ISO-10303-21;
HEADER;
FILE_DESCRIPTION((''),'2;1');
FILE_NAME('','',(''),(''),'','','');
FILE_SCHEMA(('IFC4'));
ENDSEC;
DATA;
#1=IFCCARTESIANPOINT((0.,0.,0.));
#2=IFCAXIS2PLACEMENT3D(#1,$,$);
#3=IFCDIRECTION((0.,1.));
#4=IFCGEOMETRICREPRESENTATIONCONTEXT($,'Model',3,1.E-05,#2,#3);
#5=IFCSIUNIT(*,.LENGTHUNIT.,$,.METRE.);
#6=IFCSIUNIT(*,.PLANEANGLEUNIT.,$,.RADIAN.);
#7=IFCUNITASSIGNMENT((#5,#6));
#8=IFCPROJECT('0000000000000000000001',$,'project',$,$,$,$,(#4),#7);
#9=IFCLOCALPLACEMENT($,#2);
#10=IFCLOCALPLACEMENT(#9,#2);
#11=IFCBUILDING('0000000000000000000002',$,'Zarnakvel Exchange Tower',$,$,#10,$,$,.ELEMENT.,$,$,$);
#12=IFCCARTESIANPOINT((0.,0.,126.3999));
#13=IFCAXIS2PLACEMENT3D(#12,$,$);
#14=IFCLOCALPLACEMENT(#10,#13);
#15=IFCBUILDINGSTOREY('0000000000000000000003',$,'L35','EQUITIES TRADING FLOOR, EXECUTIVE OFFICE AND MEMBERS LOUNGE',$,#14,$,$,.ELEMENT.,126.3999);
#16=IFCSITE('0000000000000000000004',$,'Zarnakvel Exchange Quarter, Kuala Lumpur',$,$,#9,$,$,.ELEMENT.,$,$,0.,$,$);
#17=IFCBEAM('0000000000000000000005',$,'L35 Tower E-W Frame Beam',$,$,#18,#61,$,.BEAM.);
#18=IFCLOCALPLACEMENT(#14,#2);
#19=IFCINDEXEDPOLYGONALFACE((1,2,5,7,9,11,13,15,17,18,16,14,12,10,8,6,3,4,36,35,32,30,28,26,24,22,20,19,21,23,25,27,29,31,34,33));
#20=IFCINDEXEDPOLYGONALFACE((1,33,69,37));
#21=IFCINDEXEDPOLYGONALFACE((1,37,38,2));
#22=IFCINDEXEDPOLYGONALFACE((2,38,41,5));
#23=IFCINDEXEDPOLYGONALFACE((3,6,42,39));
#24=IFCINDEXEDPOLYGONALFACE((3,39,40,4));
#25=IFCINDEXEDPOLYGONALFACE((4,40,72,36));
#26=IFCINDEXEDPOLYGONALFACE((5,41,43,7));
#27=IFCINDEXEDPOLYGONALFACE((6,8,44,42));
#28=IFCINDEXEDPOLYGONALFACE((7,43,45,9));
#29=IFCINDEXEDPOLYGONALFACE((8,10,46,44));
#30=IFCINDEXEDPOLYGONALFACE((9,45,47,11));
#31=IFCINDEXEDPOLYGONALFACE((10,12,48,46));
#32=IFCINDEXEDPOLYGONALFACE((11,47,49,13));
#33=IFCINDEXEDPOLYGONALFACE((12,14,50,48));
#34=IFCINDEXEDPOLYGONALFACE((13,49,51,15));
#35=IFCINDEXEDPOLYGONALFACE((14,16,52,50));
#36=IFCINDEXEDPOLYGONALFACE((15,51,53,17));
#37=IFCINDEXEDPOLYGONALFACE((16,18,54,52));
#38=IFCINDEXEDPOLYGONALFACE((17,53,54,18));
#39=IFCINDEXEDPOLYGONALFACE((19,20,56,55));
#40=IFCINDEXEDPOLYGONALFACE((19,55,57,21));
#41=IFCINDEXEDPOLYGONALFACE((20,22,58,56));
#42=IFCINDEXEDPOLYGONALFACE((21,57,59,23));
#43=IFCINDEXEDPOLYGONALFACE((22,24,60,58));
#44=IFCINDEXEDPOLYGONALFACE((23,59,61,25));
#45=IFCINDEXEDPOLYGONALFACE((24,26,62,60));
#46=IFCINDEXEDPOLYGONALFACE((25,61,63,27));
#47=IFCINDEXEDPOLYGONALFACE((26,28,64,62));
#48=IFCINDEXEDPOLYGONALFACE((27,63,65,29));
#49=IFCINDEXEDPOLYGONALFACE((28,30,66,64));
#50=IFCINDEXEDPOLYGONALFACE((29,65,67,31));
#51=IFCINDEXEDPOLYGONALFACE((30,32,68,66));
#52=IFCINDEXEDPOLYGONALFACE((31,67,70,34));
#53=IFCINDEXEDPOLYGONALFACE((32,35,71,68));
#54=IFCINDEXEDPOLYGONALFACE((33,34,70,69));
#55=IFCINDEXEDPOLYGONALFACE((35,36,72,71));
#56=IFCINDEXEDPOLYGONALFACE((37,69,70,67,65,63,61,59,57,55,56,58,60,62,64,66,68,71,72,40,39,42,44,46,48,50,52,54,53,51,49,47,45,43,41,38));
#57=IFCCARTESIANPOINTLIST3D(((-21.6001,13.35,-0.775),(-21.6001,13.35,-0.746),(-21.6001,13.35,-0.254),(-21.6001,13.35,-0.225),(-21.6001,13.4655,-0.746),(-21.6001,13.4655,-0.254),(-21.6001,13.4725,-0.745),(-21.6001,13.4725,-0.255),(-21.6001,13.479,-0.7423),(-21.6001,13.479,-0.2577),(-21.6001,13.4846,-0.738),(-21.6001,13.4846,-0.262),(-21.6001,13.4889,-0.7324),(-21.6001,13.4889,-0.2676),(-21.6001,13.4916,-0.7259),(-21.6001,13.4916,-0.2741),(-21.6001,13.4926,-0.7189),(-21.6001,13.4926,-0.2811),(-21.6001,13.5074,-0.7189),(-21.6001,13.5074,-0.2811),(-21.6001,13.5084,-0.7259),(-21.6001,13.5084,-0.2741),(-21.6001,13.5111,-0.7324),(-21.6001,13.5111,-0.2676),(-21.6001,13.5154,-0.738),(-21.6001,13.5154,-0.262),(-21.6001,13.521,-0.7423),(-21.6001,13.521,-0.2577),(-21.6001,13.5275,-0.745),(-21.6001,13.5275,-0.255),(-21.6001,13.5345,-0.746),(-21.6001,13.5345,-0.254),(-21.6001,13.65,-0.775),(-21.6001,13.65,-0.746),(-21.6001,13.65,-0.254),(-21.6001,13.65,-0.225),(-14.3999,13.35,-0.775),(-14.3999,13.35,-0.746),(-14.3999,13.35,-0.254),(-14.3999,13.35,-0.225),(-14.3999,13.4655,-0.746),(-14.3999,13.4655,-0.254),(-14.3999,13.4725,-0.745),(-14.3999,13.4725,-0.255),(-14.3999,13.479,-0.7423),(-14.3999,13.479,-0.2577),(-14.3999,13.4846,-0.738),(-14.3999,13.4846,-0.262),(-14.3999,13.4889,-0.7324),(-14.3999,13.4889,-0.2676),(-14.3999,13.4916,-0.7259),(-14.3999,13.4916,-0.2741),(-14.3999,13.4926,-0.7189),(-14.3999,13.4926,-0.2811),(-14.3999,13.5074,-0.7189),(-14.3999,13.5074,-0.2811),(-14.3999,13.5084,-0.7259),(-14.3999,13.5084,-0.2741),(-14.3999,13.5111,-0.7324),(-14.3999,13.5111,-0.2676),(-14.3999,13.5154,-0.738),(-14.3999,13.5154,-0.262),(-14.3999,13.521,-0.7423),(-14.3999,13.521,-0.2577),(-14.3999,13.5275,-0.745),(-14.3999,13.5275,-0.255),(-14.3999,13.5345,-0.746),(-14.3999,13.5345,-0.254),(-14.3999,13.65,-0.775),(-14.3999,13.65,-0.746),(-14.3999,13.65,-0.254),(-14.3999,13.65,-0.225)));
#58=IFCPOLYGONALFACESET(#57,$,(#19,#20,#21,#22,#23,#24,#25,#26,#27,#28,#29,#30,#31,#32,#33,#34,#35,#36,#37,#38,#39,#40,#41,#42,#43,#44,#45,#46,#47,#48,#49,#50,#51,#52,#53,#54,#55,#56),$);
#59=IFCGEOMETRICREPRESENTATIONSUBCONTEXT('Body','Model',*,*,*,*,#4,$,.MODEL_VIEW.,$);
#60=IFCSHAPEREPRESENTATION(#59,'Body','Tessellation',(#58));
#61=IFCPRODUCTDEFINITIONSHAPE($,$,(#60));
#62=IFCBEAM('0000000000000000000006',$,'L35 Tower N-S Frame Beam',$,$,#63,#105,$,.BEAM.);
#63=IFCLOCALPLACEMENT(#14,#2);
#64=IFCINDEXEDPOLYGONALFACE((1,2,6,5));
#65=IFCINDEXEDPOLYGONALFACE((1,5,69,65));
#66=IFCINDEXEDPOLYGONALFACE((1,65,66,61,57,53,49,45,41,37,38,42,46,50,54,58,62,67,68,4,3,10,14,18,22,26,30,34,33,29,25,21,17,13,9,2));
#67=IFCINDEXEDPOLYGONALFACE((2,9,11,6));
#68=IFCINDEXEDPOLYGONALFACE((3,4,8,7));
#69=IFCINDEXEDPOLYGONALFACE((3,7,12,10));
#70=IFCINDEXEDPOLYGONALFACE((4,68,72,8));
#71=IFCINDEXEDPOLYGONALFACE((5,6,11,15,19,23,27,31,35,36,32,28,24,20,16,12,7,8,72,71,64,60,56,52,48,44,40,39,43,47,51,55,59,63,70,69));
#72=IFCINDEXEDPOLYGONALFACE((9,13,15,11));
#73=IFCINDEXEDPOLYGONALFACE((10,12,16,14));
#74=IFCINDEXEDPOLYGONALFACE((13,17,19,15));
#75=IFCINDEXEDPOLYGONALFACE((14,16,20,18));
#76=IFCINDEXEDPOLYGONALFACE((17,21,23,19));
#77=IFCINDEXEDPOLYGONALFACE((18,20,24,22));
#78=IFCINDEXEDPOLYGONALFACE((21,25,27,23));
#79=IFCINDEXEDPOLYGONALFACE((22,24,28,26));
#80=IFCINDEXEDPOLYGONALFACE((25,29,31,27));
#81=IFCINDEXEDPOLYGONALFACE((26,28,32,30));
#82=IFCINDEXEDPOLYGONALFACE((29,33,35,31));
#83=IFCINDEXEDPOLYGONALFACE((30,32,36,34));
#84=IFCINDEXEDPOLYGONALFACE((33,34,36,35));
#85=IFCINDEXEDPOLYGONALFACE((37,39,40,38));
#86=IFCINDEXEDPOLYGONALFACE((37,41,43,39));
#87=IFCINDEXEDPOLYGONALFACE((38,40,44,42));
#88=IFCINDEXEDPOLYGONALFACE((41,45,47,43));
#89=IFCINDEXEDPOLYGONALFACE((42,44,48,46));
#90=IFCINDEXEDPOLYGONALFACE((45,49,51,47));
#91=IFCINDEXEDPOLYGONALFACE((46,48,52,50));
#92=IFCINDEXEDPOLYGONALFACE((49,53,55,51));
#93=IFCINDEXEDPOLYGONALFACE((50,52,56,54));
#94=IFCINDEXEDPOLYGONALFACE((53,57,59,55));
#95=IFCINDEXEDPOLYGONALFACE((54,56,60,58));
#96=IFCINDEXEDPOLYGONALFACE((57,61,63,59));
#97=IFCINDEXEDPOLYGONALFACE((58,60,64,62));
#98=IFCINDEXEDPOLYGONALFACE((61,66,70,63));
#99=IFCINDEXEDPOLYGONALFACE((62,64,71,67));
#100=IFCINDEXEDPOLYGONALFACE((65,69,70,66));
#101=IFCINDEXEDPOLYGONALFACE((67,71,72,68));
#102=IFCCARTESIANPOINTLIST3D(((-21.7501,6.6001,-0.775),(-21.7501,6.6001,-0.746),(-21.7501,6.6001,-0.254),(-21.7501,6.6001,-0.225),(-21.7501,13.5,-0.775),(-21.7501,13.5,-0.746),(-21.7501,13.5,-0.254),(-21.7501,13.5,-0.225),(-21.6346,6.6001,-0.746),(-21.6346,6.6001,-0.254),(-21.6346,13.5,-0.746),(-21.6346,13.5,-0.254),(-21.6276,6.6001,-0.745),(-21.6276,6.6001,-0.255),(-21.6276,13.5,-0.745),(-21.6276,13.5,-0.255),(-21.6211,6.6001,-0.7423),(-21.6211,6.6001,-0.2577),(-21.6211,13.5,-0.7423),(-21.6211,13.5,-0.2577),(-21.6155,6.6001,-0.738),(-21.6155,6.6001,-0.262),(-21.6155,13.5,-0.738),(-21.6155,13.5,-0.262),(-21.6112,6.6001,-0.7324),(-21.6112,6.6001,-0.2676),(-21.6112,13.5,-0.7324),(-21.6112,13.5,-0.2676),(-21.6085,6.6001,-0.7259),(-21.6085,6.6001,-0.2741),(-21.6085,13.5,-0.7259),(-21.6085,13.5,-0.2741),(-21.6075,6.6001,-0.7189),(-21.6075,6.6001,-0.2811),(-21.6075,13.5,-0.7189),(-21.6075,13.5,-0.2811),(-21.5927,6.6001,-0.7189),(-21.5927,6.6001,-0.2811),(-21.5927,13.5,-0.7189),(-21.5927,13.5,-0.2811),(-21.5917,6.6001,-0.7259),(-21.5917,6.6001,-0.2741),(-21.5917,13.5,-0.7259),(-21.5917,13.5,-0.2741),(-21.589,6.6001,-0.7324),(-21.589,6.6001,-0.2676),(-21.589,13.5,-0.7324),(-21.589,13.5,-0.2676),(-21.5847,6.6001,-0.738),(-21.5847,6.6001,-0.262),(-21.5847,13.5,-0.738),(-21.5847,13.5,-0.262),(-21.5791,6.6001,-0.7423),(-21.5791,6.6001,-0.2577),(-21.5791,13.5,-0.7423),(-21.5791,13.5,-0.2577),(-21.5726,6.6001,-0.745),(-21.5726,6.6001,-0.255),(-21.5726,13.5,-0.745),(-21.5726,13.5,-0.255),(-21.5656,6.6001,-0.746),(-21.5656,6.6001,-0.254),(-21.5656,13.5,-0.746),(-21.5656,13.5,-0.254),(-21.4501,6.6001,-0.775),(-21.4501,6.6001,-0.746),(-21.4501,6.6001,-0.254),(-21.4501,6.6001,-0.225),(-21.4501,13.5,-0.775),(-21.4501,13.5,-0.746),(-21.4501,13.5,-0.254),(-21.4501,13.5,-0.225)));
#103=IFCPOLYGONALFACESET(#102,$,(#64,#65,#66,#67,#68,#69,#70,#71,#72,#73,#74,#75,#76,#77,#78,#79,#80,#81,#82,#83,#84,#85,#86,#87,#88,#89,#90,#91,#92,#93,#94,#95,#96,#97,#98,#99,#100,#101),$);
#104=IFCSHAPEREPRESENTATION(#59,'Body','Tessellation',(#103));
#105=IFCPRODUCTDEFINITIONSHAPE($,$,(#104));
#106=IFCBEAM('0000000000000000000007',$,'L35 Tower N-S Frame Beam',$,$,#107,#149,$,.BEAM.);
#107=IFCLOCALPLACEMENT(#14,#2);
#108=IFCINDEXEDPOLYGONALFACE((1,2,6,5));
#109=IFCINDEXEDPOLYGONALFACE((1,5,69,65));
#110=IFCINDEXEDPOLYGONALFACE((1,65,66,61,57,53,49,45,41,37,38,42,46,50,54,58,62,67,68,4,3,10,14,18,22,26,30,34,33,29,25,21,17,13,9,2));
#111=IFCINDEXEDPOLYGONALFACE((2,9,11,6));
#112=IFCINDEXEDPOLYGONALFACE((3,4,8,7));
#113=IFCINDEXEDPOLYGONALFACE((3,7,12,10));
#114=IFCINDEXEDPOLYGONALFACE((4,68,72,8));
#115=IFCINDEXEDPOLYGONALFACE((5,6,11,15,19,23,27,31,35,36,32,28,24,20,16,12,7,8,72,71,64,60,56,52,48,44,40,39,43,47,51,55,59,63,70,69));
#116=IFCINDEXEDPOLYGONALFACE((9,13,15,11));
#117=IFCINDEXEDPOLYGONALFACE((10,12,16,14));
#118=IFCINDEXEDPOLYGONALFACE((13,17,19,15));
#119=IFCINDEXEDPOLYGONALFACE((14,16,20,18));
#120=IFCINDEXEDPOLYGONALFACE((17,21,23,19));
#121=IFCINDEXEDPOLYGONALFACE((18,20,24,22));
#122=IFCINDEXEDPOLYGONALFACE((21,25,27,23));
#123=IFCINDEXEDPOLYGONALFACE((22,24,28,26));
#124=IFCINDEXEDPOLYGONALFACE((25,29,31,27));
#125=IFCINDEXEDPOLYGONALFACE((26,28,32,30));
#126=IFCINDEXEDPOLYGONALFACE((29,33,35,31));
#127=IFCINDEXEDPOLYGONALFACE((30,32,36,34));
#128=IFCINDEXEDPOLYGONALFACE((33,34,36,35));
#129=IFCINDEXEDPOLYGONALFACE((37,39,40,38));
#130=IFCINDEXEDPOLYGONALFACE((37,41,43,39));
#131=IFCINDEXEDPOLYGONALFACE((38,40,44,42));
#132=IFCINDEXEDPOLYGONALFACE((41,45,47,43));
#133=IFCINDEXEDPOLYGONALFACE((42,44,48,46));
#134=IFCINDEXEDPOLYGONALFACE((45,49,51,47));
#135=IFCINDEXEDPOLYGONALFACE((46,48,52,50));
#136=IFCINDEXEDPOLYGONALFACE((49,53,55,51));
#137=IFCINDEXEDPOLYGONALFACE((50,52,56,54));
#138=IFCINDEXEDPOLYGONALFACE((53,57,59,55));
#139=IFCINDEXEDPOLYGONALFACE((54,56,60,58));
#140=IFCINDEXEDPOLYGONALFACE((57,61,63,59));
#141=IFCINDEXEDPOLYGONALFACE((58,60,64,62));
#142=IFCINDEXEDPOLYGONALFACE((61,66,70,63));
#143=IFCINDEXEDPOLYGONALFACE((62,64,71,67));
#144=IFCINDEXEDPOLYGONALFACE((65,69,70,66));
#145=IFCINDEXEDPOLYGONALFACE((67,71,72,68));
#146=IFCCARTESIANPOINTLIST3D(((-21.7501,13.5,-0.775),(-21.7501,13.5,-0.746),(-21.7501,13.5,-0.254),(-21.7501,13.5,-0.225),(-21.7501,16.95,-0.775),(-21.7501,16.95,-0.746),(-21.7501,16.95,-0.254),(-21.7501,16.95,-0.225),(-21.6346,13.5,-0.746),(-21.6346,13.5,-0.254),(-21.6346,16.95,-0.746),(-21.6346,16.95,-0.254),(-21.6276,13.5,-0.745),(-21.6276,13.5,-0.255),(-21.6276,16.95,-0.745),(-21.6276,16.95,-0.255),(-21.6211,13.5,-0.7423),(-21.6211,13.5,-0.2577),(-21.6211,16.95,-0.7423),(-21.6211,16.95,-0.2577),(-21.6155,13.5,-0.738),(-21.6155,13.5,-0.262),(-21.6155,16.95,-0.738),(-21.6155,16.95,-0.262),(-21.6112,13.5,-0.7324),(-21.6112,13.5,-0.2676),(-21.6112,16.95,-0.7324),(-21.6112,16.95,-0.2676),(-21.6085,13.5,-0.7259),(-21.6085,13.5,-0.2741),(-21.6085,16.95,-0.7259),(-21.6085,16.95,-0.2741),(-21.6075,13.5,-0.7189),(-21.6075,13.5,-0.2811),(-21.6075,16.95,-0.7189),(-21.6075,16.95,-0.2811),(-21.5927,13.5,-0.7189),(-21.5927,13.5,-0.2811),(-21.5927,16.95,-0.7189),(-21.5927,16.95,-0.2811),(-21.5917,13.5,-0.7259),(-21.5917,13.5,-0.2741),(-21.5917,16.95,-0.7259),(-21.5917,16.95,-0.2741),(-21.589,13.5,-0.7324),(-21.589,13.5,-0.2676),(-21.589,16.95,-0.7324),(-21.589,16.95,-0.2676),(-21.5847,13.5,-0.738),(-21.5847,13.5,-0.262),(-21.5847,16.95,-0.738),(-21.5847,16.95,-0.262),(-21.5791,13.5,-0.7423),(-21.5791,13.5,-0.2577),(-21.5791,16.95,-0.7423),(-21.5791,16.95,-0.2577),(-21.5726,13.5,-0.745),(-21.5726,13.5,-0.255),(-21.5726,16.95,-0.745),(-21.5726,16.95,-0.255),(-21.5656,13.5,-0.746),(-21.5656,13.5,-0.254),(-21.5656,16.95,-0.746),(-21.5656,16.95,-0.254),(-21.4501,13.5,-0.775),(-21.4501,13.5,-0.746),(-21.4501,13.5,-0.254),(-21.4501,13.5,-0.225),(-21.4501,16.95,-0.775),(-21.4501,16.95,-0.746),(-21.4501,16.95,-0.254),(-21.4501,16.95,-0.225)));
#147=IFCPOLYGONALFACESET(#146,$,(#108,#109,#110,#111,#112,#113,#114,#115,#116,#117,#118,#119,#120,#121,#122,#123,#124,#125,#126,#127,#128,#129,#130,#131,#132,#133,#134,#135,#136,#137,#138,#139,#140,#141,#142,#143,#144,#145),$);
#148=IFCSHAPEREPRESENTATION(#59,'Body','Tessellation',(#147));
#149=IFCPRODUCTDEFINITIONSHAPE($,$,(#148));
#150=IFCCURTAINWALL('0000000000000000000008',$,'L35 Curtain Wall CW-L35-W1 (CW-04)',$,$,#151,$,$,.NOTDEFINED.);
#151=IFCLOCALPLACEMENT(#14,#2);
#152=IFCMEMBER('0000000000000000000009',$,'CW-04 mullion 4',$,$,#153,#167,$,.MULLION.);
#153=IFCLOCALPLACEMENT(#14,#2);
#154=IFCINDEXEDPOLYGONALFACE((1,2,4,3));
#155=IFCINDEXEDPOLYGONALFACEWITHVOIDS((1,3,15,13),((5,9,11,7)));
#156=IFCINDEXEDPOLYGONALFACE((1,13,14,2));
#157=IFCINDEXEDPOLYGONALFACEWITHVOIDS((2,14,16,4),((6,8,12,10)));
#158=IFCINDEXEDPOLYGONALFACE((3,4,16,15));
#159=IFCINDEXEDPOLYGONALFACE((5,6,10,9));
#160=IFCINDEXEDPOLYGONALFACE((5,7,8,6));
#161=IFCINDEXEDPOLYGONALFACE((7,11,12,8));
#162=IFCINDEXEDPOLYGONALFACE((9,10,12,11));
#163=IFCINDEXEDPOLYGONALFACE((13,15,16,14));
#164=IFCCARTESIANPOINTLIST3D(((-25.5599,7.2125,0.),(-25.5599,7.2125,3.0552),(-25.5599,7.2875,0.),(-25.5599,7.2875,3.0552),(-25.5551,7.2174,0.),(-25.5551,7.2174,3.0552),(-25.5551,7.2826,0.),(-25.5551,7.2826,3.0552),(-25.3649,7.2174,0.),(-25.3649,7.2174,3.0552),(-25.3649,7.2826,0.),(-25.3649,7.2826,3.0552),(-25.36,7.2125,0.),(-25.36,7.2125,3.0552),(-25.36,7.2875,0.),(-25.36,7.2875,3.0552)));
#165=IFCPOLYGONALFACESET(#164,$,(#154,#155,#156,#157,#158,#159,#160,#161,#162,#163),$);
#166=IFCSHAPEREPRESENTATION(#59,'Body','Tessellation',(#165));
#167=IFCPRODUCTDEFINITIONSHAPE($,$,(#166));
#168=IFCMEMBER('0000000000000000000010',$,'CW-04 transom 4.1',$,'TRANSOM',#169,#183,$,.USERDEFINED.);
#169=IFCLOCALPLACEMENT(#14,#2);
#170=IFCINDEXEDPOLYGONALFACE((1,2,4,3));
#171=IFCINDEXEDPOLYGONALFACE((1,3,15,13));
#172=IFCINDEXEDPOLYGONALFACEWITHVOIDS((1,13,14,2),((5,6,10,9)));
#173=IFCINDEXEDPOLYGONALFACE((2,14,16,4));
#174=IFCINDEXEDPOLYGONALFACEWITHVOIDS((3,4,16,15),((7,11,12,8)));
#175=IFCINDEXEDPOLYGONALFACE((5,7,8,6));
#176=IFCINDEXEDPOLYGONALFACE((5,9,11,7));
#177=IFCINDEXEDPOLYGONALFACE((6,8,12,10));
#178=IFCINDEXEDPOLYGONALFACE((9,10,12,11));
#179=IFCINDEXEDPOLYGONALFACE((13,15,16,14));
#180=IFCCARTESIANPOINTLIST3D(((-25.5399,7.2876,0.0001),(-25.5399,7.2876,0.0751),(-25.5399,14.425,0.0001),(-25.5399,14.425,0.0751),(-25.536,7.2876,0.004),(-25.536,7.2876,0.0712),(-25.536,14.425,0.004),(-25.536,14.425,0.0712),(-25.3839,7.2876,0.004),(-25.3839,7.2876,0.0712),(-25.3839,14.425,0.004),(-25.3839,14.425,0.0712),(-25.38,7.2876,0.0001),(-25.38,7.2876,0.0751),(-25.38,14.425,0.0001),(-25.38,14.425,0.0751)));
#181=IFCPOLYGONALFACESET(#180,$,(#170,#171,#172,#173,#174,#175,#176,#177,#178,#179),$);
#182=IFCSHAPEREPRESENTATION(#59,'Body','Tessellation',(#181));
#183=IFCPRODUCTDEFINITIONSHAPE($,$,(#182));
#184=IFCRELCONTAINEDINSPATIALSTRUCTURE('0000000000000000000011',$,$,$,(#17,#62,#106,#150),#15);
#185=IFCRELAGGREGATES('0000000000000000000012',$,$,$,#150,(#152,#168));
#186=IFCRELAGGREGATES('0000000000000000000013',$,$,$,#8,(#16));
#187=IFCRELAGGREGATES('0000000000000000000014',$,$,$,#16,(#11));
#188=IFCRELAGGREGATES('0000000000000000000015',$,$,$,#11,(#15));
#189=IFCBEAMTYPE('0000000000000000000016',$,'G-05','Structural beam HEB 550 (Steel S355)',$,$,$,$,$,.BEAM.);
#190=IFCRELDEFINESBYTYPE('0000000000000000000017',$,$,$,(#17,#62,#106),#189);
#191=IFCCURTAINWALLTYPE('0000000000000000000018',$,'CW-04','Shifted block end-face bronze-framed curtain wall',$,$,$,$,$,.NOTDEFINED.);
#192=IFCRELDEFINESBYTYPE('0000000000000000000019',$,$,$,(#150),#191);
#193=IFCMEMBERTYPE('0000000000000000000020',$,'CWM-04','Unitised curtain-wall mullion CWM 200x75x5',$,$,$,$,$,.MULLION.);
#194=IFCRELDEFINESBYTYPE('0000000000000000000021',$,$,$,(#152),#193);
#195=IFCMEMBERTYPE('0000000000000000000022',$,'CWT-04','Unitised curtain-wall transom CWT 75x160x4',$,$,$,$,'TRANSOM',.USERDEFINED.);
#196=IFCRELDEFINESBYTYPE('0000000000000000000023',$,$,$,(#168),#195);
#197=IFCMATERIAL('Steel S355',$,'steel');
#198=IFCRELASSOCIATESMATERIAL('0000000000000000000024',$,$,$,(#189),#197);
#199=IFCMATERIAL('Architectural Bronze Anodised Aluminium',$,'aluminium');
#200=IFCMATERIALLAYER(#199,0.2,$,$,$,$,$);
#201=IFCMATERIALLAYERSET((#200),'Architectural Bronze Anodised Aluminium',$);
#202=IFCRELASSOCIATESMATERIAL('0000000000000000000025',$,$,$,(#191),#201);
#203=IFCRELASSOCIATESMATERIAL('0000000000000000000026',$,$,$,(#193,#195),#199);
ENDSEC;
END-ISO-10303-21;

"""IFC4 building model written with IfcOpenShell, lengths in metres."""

from ifc_helpers import new_model, si_unit, direction, frame, origin, origin_2d, place, context, subcontext, project, spatial, hollow_rectangle, i_section, extrude, source, transform, mapped, material, layer, layer_set, material_profile, profile_set, type_object, element, aggregate, save


model = new_model("IFC4")

# Units and contexts
model_context = context("Model", 3, precision=1e-05, world=origin(), true_north=direction((0.0, 1.0)))
body_context = subcontext(model_context, "Body", "Model", "MODEL_VIEW")
ifc_project = project(units=[si_unit("LENGTHUNIT", "METRE"), si_unit("PLANEANGLEUNIT", "RADIAN")], contexts=[model_context])

# Site, building, storey
site_placement = place(None, origin())
site = spatial("IfcSite", under=ifc_project, at=site_placement, Name="Zarnakvel Exchange Quarter, Kuala Lumpur", CompositionType="ELEMENT", RefElevation=0.0)
building_placement = place(site_placement, origin())
building = spatial("IfcBuilding", under=site, at=building_placement, Name="Zarnakvel Exchange Tower", CompositionType="ELEMENT")
storey_placement = place(building_placement, frame((0.0, 0.0, 126.3999)))
storey = spatial("IfcBuildingStorey", under=building, at=storey_placement, Name="L35", Description="EQUITIES TRADING FLOOR, EXECUTIVE OFFICE AND MEMBERS LOUNGE", CompositionType="ELEMENT", Elevation=126.3999)

# Shared definitions
ifc_material_1 = material(Name="Steel S355", Category="steel")

# Beams
ifc_material_profile_1 = material_profile(ifc_material_1, i_section(OverallWidth=0.3, OverallDepth=0.55, WebThickness=0.0149, FlangeThickness=0.0291, FilletRadius=0.0271, at=origin_2d()))
ifc_profile_set_1 = profile_set([ifc_material_profile_1], Name="Steel S355")
beam_type = type_object("IfcBeamType", Name="G-05", Description="Structural beam HEB 550 (Steel S355)", PredefinedType="BEAM", material=ifc_profile_set_1)
beam_1_placement = place(storey_placement, frame((-21.6001, 13.5, -0.5), z_axis=(1.0, 0.0, 0.0), x_axis=(0.0, 1.0, 0.0)))
element("IfcBeam", 1, at=beam_1_placement, inside=storey, type_object=beam_type, Name="L35 Tower E-W Frame Beam", PredefinedType="BEAM", context=body_context, shape_type="SweptSolid", body=[
    extrude(i_section(OverallWidth=0.3, OverallDepth=0.55, WebThickness=0.0149, FlangeThickness=0.0291, FilletRadius=0.0271, at=origin_2d()), origin(), (0.0, 0.0, 1.0), 7.2002),
])
beam_2_placement = place(storey_placement, frame((-21.6001, 6.6001, -0.5), z_axis=(0.0, 1.0, 0.0), x_axis=(-1.0, 0.0, 0.0)))
element("IfcBeam", 2, at=beam_2_placement, inside=storey, type_object=beam_type, Name="L35 Tower N-S Frame Beam", PredefinedType="BEAM", context=body_context, shape_type="SweptSolid", body=[
    extrude(i_section(OverallWidth=0.3, OverallDepth=0.55, WebThickness=0.0149, FlangeThickness=0.0291, FilletRadius=0.0271, at=origin_2d()), origin(), (0.0, 0.0, 1.0), 6.8999),
])
beam_3_placement = place(storey_placement, frame((-21.6001, 13.5, -0.5), z_axis=(0.0, 1.0, 0.0), x_axis=(-1.0, 0.0, 0.0)))
element("IfcBeam", 3, at=beam_3_placement, inside=storey, type_object=beam_type, Name="L35 Tower N-S Frame Beam", PredefinedType="BEAM", context=body_context, shape_type="SweptSolid", body=[
    extrude(i_section(OverallWidth=0.3, OverallDepth=0.55, WebThickness=0.0149, FlangeThickness=0.0291, FilletRadius=0.0271, at=origin_2d()), origin(), (0.0, 0.0, 1.0), 3.45),
])

# Curtain wall, members
ifc_material_2 = material(Name="Architectural Bronze Anodised Aluminium", Category="aluminium")
ifc_layer_1 = layer(ifc_material_2, 0.2)
ifc_layer_set_1 = layer_set([ifc_layer_1], Name="Architectural Bronze Anodised Aluminium")
curtain_wall_type = type_object("IfcCurtainWallType", Name="CW-04", Description="Shifted block end-face bronze-framed curtain wall", PredefinedType="NOTDEFINED", material=ifc_layer_set_1)
curtain_wall_placement = place(storey_placement, origin())
curtain_wall = element("IfcCurtainWall", 4, at=curtain_wall_placement, inside=storey, type_object=curtain_wall_type, Name="L35 Curtain Wall CW-L35-W1 (CW-04)", PredefinedType="NOTDEFINED")
ifc_material_profile_2 = material_profile(ifc_material_2, hollow_rectangle(XDim=0.2, YDim=0.075, WallThickness=0.0049, at=origin_2d()))
ifc_profile_set_2 = profile_set([ifc_material_profile_2], Name="Architectural Bronze Anodised Aluminium")
member_type_1 = type_object("IfcMemberType", Name="CWM-04", Description="Unitised curtain-wall mullion CWM 200x75x5", PredefinedType="MULLION", material=ifc_profile_set_2)
shared_shape_1 = source(origin(), body_context, "Body", "SweptSolid", [
    extrude(hollow_rectangle(XDim=0.2, YDim=0.075, WallThickness=0.0049, at=origin_2d()), origin(), (0.0, 0.0, 1.0), 3.0552),
])
member_1_placement = place(storey_placement, frame((-25.46, 7.25, 0.0), z_axis=(0.0, 0.0, 1.0), x_axis=(-1.0, 0.0, 0.0)))
member_1 = element("IfcMember", 5, at=member_1_placement, type_object=member_type_1, Name="CW-04 mullion 4", PredefinedType="MULLION", context=body_context, shape_type="MappedRepresentation", body=[
    mapped(shared_shape_1, transform((0.0, 0.0, 0.0), x_axis=(1.0, 0.0, 0.0), y_axis=(0.0, 1.0, 0.0), z_axis=(0.0, 0.0, 1.0), scale=1.0)),
])
ifc_material_profile_3 = material_profile(ifc_material_2, hollow_rectangle(XDim=0.1599, YDim=0.075, WallThickness=0.0039, at=origin_2d()))
ifc_profile_set_3 = profile_set([ifc_material_profile_3], Name="Architectural Bronze Anodised Aluminium")
member_type_2 = type_object("IfcMemberType", Name="CWT-04", Description="Unitised curtain-wall transom CWT 75x160x4", ElementType="TRANSOM", PredefinedType="USERDEFINED", material=ifc_profile_set_3)
shared_shape_2 = source(origin(), body_context, "Body", "SweptSolid", [
    extrude(hollow_rectangle(XDim=0.1599, YDim=0.075, WallThickness=0.0039, at=origin_2d()), origin(), (0.0, 0.0, 1.0), 7.1375),
])
member_2_placement = place(storey_placement, frame((-25.46, 7.2876, 0.0376), z_axis=(0.0, 1.0, 0.0), x_axis=(-1.0, 0.0, 0.0)))
member_2 = element("IfcMember", 6, at=member_2_placement, type_object=member_type_2, Name="CW-04 transom 4.1", ObjectType="TRANSOM", PredefinedType="USERDEFINED", context=body_context, shape_type="MappedRepresentation", body=[
    mapped(shared_shape_2, transform((0.0, 0.0, 0.0), x_axis=(1.0, 0.0, 0.0), y_axis=(0.0, 1.0, 0.0), z_axis=(0.0, 0.0, 1.0), scale=1.0)),
])
aggregate(curtain_wall, [member_1, member_2])

save(model, "model.ifc")
